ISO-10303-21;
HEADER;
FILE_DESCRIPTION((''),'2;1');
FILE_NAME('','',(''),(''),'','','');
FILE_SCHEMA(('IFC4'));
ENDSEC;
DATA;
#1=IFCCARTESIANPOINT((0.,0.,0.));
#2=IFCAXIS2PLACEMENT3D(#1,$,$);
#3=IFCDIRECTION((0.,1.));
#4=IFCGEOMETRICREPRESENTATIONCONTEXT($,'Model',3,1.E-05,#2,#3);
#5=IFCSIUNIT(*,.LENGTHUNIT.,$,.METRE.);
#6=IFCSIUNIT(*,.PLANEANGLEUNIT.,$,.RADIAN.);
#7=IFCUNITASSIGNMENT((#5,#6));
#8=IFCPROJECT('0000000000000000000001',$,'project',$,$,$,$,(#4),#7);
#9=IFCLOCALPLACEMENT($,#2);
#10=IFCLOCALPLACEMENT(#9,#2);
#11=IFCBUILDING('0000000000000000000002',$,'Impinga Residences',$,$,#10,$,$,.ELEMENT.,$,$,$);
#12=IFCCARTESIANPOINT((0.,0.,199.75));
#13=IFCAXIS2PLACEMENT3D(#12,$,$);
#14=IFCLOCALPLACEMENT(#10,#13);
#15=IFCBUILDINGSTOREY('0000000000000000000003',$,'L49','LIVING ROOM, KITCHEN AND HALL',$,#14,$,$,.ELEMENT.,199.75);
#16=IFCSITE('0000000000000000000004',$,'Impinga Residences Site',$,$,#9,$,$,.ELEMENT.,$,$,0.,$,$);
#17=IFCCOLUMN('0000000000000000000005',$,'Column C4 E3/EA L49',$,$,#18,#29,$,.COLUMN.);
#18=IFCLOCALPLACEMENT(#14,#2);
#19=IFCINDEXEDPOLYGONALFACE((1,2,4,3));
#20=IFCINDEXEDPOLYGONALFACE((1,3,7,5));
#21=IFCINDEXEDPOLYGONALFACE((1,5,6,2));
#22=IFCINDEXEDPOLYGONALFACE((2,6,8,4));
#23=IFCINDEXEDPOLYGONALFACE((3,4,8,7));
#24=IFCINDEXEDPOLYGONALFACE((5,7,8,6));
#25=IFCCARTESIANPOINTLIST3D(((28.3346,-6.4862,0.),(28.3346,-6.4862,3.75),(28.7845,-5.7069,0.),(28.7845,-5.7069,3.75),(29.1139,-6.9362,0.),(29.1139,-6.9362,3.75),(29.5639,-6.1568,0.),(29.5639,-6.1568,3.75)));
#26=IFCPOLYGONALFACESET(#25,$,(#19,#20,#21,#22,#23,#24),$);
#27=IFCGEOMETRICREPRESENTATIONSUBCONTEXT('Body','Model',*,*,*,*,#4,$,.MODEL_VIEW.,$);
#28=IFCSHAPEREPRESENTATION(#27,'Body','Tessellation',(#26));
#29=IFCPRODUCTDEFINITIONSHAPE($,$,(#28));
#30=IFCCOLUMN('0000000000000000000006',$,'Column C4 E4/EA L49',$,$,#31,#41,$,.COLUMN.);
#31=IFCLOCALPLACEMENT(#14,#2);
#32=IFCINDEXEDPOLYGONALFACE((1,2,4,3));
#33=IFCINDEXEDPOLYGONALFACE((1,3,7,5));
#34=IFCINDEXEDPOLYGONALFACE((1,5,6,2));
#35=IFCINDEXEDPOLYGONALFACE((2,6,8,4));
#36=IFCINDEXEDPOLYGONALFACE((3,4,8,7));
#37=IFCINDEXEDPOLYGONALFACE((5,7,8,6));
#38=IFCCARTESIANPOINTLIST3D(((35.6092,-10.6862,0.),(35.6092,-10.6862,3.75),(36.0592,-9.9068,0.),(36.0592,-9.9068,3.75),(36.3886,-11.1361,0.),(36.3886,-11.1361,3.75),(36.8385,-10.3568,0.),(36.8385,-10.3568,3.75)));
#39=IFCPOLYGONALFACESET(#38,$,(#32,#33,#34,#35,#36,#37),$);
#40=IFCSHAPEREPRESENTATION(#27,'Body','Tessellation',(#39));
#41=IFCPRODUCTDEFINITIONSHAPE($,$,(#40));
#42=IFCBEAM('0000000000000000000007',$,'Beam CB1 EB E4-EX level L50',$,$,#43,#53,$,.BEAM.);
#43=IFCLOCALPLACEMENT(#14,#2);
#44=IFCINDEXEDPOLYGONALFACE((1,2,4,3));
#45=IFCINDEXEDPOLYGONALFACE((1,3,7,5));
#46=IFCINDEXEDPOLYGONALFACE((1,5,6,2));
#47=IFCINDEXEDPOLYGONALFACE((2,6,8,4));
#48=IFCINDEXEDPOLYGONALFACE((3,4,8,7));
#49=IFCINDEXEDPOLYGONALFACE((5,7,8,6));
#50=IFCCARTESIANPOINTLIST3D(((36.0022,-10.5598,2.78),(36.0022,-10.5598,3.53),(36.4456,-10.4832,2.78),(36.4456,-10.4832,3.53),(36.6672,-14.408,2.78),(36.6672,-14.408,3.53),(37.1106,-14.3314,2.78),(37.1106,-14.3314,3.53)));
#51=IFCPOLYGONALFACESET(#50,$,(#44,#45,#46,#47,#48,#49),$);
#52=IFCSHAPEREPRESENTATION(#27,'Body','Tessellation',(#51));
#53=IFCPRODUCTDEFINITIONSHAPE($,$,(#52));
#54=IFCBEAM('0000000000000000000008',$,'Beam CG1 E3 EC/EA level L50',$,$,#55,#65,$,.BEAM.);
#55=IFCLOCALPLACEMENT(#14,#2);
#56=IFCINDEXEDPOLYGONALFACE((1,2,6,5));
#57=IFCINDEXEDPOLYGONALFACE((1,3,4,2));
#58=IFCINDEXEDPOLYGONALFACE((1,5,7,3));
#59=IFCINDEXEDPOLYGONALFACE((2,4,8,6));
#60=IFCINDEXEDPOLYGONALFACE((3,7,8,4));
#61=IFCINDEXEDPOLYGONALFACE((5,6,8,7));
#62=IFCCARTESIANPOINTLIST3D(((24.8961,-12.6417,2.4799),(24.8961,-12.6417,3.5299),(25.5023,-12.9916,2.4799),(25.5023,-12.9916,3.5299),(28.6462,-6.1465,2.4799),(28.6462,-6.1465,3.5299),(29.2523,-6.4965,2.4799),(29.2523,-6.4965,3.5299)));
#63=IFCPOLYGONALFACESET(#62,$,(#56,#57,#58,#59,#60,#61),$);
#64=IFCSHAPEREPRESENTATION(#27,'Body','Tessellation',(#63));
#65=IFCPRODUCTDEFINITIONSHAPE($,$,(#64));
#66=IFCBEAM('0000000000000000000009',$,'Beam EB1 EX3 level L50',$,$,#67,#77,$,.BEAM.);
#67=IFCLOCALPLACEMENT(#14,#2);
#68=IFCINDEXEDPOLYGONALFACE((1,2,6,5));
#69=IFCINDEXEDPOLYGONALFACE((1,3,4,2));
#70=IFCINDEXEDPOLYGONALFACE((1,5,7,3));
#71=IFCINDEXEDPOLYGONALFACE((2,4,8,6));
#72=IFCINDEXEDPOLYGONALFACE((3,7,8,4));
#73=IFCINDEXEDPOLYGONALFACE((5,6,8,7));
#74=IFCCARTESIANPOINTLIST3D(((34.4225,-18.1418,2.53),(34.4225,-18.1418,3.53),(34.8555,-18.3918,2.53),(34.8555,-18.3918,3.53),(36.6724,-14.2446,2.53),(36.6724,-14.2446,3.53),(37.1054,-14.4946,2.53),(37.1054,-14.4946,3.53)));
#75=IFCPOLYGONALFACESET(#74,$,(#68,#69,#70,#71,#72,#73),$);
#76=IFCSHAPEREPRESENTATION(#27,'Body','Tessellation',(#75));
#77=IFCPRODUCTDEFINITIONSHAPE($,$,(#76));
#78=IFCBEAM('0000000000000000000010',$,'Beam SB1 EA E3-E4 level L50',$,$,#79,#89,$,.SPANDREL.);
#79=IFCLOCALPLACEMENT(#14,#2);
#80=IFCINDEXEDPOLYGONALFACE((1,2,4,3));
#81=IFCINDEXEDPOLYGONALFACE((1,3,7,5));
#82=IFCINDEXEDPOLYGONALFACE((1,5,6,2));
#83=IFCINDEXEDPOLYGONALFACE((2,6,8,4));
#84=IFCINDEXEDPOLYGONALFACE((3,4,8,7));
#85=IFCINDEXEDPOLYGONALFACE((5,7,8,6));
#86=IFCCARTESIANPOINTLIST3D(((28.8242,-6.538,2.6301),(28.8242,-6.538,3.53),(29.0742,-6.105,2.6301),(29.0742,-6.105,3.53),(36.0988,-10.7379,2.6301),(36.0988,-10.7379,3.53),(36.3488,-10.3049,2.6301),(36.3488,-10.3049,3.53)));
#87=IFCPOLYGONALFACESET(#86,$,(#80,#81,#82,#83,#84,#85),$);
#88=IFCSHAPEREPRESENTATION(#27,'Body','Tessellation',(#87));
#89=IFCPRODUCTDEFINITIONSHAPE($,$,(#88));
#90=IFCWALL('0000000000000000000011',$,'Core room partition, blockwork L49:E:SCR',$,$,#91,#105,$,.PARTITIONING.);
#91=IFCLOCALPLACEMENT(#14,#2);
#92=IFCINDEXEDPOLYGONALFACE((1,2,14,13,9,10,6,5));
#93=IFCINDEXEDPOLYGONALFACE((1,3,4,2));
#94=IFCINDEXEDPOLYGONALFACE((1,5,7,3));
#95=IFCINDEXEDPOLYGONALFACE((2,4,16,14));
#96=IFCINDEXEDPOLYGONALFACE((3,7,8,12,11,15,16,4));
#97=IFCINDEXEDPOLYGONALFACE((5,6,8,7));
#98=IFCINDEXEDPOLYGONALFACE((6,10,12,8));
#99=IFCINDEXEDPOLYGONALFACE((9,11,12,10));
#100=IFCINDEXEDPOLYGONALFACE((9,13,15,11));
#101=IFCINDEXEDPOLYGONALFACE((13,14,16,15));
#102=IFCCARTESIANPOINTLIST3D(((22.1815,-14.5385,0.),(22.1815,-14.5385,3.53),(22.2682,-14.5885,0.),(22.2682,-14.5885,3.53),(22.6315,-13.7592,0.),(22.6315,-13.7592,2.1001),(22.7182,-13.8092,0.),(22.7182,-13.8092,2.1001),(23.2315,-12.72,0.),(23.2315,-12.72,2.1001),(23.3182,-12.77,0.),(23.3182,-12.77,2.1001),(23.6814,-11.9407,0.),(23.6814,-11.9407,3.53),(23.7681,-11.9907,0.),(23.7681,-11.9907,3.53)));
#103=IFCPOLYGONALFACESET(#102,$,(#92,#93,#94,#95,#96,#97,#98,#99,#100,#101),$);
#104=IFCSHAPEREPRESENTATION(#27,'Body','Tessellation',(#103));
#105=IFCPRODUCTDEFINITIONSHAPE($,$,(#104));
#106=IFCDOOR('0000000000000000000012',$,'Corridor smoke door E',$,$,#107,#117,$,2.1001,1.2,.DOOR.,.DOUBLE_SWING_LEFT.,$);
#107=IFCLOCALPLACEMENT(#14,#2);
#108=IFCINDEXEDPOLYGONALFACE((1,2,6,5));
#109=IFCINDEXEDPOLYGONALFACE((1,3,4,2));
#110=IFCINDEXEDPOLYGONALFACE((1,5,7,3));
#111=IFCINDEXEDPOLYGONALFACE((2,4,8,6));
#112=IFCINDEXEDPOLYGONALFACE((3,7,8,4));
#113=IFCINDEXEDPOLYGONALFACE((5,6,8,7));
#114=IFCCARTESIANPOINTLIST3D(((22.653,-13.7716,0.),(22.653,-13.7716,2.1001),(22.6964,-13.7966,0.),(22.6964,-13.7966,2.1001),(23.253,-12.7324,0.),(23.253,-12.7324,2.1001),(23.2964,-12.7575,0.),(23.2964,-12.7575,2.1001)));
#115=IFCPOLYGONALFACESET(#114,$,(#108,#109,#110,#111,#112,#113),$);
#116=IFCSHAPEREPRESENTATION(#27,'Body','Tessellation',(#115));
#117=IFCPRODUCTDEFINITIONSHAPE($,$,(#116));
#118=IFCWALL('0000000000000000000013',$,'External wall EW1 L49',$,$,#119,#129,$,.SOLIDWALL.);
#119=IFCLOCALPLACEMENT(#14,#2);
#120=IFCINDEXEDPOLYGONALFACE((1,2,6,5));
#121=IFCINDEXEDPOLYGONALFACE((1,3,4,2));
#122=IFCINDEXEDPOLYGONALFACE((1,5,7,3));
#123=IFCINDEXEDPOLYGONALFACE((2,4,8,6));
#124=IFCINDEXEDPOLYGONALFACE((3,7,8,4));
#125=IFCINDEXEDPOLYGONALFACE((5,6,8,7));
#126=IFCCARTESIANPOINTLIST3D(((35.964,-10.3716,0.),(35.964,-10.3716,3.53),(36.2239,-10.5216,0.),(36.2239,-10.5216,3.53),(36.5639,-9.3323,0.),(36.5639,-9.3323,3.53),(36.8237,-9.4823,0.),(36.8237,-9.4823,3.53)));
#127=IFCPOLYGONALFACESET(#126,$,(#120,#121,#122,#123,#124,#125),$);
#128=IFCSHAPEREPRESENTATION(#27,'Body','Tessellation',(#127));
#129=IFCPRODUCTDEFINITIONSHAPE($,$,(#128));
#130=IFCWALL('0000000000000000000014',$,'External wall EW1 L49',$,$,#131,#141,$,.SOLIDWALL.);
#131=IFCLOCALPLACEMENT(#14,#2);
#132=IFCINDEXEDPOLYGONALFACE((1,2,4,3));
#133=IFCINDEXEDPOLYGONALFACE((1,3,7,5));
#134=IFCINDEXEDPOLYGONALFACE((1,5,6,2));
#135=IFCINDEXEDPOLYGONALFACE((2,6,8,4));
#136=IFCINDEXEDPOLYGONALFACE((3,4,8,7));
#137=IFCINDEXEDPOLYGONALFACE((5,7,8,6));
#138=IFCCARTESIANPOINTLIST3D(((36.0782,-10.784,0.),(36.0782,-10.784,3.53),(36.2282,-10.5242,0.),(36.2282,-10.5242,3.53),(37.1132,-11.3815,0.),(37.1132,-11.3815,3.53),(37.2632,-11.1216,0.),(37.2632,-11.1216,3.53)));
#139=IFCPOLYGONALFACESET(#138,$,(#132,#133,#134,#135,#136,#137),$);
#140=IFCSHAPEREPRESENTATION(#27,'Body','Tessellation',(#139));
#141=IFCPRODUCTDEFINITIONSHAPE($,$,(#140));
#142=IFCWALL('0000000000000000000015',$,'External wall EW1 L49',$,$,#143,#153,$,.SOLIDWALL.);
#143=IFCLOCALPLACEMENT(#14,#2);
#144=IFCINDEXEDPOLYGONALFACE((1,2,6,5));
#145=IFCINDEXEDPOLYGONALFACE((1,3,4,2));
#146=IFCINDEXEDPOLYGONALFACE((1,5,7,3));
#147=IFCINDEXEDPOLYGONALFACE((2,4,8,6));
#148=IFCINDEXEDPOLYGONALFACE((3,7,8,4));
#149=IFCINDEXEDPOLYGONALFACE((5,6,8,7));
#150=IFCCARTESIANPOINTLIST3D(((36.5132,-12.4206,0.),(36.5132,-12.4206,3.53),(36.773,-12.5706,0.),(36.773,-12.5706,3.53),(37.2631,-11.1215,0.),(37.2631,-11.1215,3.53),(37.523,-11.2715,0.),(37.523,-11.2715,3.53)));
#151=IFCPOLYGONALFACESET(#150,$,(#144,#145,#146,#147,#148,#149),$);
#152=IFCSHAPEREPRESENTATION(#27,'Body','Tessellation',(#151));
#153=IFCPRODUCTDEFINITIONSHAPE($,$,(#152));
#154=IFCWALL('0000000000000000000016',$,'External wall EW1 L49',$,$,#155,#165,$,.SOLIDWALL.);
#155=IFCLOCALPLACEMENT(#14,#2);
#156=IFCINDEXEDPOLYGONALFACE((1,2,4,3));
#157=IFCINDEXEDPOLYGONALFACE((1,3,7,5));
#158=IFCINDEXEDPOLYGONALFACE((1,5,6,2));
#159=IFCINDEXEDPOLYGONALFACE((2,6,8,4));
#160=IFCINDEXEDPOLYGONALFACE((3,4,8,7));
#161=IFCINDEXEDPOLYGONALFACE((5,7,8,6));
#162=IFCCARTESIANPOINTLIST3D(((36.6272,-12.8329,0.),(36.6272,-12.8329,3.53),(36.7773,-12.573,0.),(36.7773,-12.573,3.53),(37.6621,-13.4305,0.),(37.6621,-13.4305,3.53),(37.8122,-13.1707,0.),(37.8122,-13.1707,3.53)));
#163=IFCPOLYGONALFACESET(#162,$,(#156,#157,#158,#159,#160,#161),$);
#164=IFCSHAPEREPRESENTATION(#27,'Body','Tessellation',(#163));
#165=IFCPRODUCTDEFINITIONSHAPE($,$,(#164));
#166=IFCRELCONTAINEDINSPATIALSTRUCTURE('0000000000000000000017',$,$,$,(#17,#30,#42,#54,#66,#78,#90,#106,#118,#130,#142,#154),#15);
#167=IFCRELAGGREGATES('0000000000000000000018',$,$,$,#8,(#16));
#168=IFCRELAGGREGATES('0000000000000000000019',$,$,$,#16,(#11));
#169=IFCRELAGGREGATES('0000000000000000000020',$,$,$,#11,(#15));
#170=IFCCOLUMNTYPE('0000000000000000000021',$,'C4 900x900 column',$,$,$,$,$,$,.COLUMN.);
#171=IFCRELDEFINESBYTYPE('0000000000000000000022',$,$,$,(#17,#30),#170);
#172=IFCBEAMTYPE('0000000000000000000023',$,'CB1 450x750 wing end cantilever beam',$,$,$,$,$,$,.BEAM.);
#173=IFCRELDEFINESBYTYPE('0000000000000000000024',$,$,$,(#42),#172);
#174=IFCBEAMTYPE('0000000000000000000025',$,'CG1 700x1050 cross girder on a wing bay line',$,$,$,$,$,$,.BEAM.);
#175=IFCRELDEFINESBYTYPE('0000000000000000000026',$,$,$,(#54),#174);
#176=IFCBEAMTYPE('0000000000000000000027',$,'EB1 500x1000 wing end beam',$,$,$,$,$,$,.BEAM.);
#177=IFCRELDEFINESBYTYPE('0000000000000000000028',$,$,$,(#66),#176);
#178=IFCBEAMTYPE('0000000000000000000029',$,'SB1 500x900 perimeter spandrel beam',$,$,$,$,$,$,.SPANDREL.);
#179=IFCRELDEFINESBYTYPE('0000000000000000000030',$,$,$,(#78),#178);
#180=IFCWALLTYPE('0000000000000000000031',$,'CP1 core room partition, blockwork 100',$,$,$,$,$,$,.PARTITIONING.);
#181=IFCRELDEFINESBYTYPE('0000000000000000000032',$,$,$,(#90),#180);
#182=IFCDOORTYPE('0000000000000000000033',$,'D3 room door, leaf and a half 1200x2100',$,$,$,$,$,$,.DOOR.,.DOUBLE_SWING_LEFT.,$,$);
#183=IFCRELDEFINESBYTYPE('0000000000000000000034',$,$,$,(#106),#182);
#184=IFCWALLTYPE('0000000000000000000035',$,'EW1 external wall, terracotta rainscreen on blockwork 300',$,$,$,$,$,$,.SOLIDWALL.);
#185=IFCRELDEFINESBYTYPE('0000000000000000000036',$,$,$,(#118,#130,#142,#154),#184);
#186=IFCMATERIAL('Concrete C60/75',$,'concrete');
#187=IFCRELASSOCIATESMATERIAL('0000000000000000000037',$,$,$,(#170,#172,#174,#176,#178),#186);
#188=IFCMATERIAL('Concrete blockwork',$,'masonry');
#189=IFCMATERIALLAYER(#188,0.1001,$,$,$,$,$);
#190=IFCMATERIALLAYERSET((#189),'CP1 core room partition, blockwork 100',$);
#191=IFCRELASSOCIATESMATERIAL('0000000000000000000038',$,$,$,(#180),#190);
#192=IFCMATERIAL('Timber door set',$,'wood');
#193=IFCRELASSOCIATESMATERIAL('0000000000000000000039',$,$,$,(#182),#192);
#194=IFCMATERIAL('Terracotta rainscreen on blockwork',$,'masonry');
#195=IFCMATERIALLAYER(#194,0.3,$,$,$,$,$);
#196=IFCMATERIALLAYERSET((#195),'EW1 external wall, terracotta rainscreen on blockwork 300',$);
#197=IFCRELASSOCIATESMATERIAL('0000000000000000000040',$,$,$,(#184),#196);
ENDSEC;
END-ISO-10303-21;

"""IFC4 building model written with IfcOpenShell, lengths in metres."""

from ifc_helpers import new_model, si_unit, direction, frame, frame_2d, origin, origin_2d, place, context, subcontext, project, spatial, rectangle, extrude, material, layer, layer_set, material_profile, profile_set, type_object, element, fill, save


model = new_model("IFC4")

# Units and contexts
model_context = context("Model", 3, precision=1e-05, world=origin(), true_north=direction((0.0, 1.0)))
body_context = subcontext(model_context, "Body", "Model", "MODEL_VIEW")
ifc_project = project(units=[si_unit("LENGTHUNIT", "METRE"), si_unit("PLANEANGLEUNIT", "RADIAN")], contexts=[model_context])

# Site, building, storey
site_placement = place(None, origin())
site = spatial("IfcSite", under=ifc_project, at=site_placement, Name="Impinga Residences Site", CompositionType="ELEMENT", RefElevation=0.0)
building_placement = place(site_placement, origin())
building = spatial("IfcBuilding", under=site, at=building_placement, Name="Impinga Residences", CompositionType="ELEMENT")
storey_placement = place(building_placement, frame((0.0, 0.0, 199.75)))
storey = spatial("IfcBuildingStorey", under=building, at=storey_placement, Name="L49", Description="LIVING ROOM, KITCHEN AND HALL", CompositionType="ELEMENT", Elevation=199.75)

# Columns
ifc_material_1 = material(Name="Concrete C60/75", Category="concrete")
ifc_material_profile_1 = material_profile(ifc_material_1, rectangle(XDim=0.8999, YDim=0.8999, at=origin_2d()), Name="RC 900x900")
ifc_profile_set_1 = profile_set([ifc_material_profile_1], Name="Concrete C60/75")
column_type = type_object("IfcColumnType", Name="C4 900x900 column", PredefinedType="COLUMN", material=ifc_profile_set_1)
for number, where, z_axis, x_axis, name in (
    (1, (28.9492, -6.3215, 0.0), (0.0, 0.0, 1.0), (-0.5, -0.866025, 0.0), "Column C4 E3/EA L49"),
    (2, (36.2239, -10.5215, 0.0), (0.0, 0.0, 1.0), (-0.5, -0.866025, 0.0), "Column C4 E4/EA L49"),
):
    element("IfcColumn", number, at=place(storey_placement, frame(where, z_axis=z_axis, x_axis=x_axis)), inside=storey, type_object=column_type, Name=name, PredefinedType="COLUMN", context=body_context, shape_type="SweptSolid", body=[
        extrude(rectangle(XDim=0.8999, YDim=0.8999, at=origin_2d()), origin(), (0.0, 0.0, 1.0), 3.75),
    ])

# Beams
ifc_material_profile_2 = material_profile(ifc_material_1, rectangle(XDim=0.45, YDim=0.75, at=origin_2d()), Name="RC 450x750")
ifc_profile_set_2 = profile_set([ifc_material_profile_2], Name="Concrete C60/75")
beam_type_1 = type_object("IfcBeamType", Name="CB1 450x750 wing end cantilever beam", PredefinedType="BEAM", material=ifc_profile_set_2)
beam_1_placement = place(storey_placement, frame((36.2239, -10.5215, 3.155), z_axis=(0.170296, -0.985393, 0.0), x_axis=(0.985393, 0.170296, 0.0)))
element("IfcBeam", 3, at=beam_1_placement, inside=storey, type_object=beam_type_1, Name="Beam CB1 EB E4-EX level L50", PredefinedType="BEAM", context=body_context, shape_type="SweptSolid", body=[
    extrude(rectangle(XDim=0.45, YDim=0.75, at=origin_2d()), origin(), (0.0, 0.0, 1.0), 3.9053),
])
ifc_material_profile_3 = material_profile(ifc_material_1, rectangle(XDim=0.7, YDim=1.05, at=origin_2d()), Name="RC 700x1050")
ifc_profile_set_3 = profile_set([ifc_material_profile_3], Name="Concrete C60/75")
beam_type_2 = type_object("IfcBeamType", Name="CG1 700x1050 cross girder on a wing bay line", PredefinedType="BEAM", material=ifc_profile_set_3)
beam_2_placement = place(storey_placement, frame((25.1992, -12.8167, 3.0049), z_axis=(0.500004, 0.866023, 0.0), x_axis=(-0.866023, 0.500004, 0.0)))
element("IfcBeam", 4, at=beam_2_placement, inside=storey, type_object=beam_type_2, Name="Beam CG1 E3 EC/EA level L50", PredefinedType="BEAM", context=body_context, shape_type="SweptSolid", body=[
    extrude(rectangle(XDim=0.7, YDim=1.05, at=origin_2d()), origin(), (0.0, 0.0, 1.0), 7.5),
])
ifc_material_profile_4 = material_profile(ifc_material_1, rectangle(XDim=0.5, YDim=1.0, at=origin_2d()), Name="RC 500x1000")
ifc_profile_set_4 = profile_set([ifc_material_profile_4], Name="Concrete C60/75")
beam_type_3 = type_object("IfcBeamType", Name="EB1 500x1000 wing end beam", PredefinedType="BEAM", material=ifc_profile_set_4)
beam_3_placement = place(storey_placement, frame((36.8889, -14.3696, 3.03), z_axis=(-0.49999, -0.866031, 0.0), x_axis=(0.866031, -0.49999, 0.0)))
element("IfcBeam", 5, at=beam_3_placement, inside=storey, type_object=beam_type_3, Name="Beam EB1 EX3 level L50", PredefinedType="BEAM", context=body_context, shape_type="SweptSolid", body=[
    extrude(rectangle(XDim=0.5, YDim=1.0, at=origin_2d()), origin(), (0.0, 0.0, 1.0), 4.5),
])
ifc_material_profile_5 = material_profile(ifc_material_1, rectangle(XDim=0.5, YDim=0.8999, at=origin_2d()), Name="RC 500x900")
ifc_profile_set_5 = profile_set([ifc_material_profile_5], Name="Concrete C60/75")
beam_type_4 = type_object("IfcBeamType", Name="SB1 500x900 perimeter spandrel beam", PredefinedType="SPANDREL", material=ifc_profile_set_5)
beam_4_placement = place(storey_placement, frame((28.9492, -6.3215, 3.0801), z_axis=(0.866029, -0.499993, 0.0), x_axis=(0.499993, 0.866029, 0.0)))
element("IfcBeam", 6, at=beam_4_placement, inside=storey, type_object=beam_type_4, Name="Beam SB1 EA E3-E4 level L50", PredefinedType="SPANDREL", context=body_context, shape_type="SweptSolid", body=[
    extrude(rectangle(XDim=0.5, YDim=0.8999, at=origin_2d()), origin(), (0.0, 0.0, 1.0), 8.3999),
])

# Wall, opening, door
ifc_material_2 = material(Name="Concrete blockwork", Category="masonry")
ifc_layer_1 = layer(ifc_material_2, 0.1001)
ifc_layer_set_1 = layer_set([ifc_layer_1], Name="CP1 core room partition, blockwork 100")
wall_type_1 = type_object("IfcWallType", Name="CP1 core room partition, blockwork 100", PredefinedType="PARTITIONING", material=ifc_layer_set_1)
wall_1_placement = place(storey_placement, frame((23.7249, -11.9656, 0.0), z_axis=(0.0, 0.0, 1.0), x_axis=(-0.500025, -0.866011, 0.0)))
wall_1 = element("IfcWall", 7, at=wall_1_placement, inside=storey, type_object=wall_type_1, Name="Core room partition, blockwork L49:E:SCR", PredefinedType="PARTITIONING", context=body_context, shape_type="SweptSolid", body=[
    extrude(rectangle(XDim=2.9998, YDim=0.1001, at=frame_2d((1.5, 0.0))), origin(), (0.0, 0.0, 1.0), 3.53),
])
opening_1_placement = place(wall_1_placement, frame((0.8999, 0.0, 0.0)))
opening_1 = element("IfcOpeningElement", 8, at=opening_1_placement, cuts=wall_1, PredefinedType="OPENING", context=body_context, shape_type="SweptSolid", body=[
    extrude(rectangle(XDim=1.2, YDim=2.1001, at=frame_2d((0.6001, 1.05))), frame((0.0, 0.0601, 0.0), z_axis=(0.0, -1.0, 0.0), x_axis=(1.0, 0.0, 0.0)), (0.0, 0.0, 1.0), 0.1201),
])
ifc_material_3 = material(Name="Timber door set", Category="wood")
door_type_1 = type_object("IfcDoorType", Name="D3 room door, leaf and a half 1200x2100", OperationType="DOUBLE_SWING_LEFT", PredefinedType="DOOR", material=ifc_material_3)
door_1_placement = place(opening_1_placement, origin())
door_1 = element("IfcDoor", 9, at=door_1_placement, inside=storey, type_object=door_type_1, Name="Corridor smoke door E", OperationType="DOUBLE_SWING_LEFT", OverallHeight=2.1001, OverallWidth=1.2, PredefinedType="DOOR", context=body_context, shape_type="SweptSolid", body=[
    extrude(rectangle(XDim=1.2, YDim=2.1001, at=frame_2d((0.6001, 1.05))), frame((0.0, 0.0249, 0.0), z_axis=(0.0, -1.0, 0.0), x_axis=(1.0, 0.0, 0.0)), (0.0, 0.0, 1.0), 0.05),
])
fill(opening_1, door_1)

# Walls
ifc_material_4 = material(Name="Terracotta rainscreen on blockwork", Category="masonry")
ifc_layer_2 = layer(ifc_material_4, 0.3)
ifc_layer_set_2 = layer_set([ifc_layer_2], Name="EW1 external wall, terracotta rainscreen on blockwork 300")
wall_type_2 = type_object("IfcWallType", Name="EW1 external wall, terracotta rainscreen on blockwork 300", PredefinedType="SOLIDWALL", material=ifc_layer_set_2)
wall_2_placement = place(storey_placement, frame((36.6938, -9.4072, 0.0), z_axis=(0.0, 0.0, 1.0), x_axis=(-0.499881, -0.866094, 0.0)))
element("IfcWall", 10, at=wall_2_placement, inside=storey, type_object=wall_type_2, Name="External wall EW1 L49", PredefinedType="SOLIDWALL", context=body_context, shape_type="SweptSolid", body=[
    extrude(rectangle(XDim=1.2, YDim=0.3, at=frame_2d((0.6001, 0.0))), origin(), (0.0, 0.0, 1.0), 3.53),
])
wall_3_placement = place(storey_placement, frame((36.1531, -10.6541, 0.0), z_axis=(0.0, 0.0, 1.0), x_axis=(0.86606, -0.499941, 0.0)))
element("IfcWall", 11, at=wall_3_placement, inside=storey, type_object=wall_type_2, Name="External wall EW1 L49", PredefinedType="SOLIDWALL", context=body_context, shape_type="SweptSolid", body=[
    extrude(rectangle(XDim=1.1951, YDim=0.3, at=frame_2d((0.5977, 0.0))), origin(), (0.0, 0.0, 1.0), 3.53),
])
wall_4_placement = place(storey_placement, frame((37.3931, -11.1965, 0.0), z_axis=(0.0, 0.0, 1.0), x_axis=(-0.49999, -0.866031, 0.0)))
element("IfcWall", 12, at=wall_4_placement, inside=storey, type_object=wall_type_2, Name="External wall EW1 L49", PredefinedType="SOLIDWALL", context=body_context, shape_type="SweptSolid", body=[
    extrude(rectangle(XDim=1.5, YDim=0.3, at=frame_2d((0.75, 0.0))), origin(), (0.0, 0.0, 1.0), 3.53),
])
wall_5_placement = place(storey_placement, frame((36.7021, -12.7029, 0.0), z_axis=(0.0, 0.0, 1.0), x_axis=(0.865971, -0.500094, 0.0)))
element("IfcWall", 13, at=wall_5_placement, inside=storey, type_object=wall_type_2, Name="External wall EW1 L49", PredefinedType="SOLIDWALL", context=body_context, shape_type="SweptSolid", body=[
    extrude(rectangle(XDim=1.1951, YDim=0.3, at=frame_2d((0.5977, 0.0))), origin(), (0.0, 0.0, 1.0), 3.53),
])

save(model, "model.ifc")
